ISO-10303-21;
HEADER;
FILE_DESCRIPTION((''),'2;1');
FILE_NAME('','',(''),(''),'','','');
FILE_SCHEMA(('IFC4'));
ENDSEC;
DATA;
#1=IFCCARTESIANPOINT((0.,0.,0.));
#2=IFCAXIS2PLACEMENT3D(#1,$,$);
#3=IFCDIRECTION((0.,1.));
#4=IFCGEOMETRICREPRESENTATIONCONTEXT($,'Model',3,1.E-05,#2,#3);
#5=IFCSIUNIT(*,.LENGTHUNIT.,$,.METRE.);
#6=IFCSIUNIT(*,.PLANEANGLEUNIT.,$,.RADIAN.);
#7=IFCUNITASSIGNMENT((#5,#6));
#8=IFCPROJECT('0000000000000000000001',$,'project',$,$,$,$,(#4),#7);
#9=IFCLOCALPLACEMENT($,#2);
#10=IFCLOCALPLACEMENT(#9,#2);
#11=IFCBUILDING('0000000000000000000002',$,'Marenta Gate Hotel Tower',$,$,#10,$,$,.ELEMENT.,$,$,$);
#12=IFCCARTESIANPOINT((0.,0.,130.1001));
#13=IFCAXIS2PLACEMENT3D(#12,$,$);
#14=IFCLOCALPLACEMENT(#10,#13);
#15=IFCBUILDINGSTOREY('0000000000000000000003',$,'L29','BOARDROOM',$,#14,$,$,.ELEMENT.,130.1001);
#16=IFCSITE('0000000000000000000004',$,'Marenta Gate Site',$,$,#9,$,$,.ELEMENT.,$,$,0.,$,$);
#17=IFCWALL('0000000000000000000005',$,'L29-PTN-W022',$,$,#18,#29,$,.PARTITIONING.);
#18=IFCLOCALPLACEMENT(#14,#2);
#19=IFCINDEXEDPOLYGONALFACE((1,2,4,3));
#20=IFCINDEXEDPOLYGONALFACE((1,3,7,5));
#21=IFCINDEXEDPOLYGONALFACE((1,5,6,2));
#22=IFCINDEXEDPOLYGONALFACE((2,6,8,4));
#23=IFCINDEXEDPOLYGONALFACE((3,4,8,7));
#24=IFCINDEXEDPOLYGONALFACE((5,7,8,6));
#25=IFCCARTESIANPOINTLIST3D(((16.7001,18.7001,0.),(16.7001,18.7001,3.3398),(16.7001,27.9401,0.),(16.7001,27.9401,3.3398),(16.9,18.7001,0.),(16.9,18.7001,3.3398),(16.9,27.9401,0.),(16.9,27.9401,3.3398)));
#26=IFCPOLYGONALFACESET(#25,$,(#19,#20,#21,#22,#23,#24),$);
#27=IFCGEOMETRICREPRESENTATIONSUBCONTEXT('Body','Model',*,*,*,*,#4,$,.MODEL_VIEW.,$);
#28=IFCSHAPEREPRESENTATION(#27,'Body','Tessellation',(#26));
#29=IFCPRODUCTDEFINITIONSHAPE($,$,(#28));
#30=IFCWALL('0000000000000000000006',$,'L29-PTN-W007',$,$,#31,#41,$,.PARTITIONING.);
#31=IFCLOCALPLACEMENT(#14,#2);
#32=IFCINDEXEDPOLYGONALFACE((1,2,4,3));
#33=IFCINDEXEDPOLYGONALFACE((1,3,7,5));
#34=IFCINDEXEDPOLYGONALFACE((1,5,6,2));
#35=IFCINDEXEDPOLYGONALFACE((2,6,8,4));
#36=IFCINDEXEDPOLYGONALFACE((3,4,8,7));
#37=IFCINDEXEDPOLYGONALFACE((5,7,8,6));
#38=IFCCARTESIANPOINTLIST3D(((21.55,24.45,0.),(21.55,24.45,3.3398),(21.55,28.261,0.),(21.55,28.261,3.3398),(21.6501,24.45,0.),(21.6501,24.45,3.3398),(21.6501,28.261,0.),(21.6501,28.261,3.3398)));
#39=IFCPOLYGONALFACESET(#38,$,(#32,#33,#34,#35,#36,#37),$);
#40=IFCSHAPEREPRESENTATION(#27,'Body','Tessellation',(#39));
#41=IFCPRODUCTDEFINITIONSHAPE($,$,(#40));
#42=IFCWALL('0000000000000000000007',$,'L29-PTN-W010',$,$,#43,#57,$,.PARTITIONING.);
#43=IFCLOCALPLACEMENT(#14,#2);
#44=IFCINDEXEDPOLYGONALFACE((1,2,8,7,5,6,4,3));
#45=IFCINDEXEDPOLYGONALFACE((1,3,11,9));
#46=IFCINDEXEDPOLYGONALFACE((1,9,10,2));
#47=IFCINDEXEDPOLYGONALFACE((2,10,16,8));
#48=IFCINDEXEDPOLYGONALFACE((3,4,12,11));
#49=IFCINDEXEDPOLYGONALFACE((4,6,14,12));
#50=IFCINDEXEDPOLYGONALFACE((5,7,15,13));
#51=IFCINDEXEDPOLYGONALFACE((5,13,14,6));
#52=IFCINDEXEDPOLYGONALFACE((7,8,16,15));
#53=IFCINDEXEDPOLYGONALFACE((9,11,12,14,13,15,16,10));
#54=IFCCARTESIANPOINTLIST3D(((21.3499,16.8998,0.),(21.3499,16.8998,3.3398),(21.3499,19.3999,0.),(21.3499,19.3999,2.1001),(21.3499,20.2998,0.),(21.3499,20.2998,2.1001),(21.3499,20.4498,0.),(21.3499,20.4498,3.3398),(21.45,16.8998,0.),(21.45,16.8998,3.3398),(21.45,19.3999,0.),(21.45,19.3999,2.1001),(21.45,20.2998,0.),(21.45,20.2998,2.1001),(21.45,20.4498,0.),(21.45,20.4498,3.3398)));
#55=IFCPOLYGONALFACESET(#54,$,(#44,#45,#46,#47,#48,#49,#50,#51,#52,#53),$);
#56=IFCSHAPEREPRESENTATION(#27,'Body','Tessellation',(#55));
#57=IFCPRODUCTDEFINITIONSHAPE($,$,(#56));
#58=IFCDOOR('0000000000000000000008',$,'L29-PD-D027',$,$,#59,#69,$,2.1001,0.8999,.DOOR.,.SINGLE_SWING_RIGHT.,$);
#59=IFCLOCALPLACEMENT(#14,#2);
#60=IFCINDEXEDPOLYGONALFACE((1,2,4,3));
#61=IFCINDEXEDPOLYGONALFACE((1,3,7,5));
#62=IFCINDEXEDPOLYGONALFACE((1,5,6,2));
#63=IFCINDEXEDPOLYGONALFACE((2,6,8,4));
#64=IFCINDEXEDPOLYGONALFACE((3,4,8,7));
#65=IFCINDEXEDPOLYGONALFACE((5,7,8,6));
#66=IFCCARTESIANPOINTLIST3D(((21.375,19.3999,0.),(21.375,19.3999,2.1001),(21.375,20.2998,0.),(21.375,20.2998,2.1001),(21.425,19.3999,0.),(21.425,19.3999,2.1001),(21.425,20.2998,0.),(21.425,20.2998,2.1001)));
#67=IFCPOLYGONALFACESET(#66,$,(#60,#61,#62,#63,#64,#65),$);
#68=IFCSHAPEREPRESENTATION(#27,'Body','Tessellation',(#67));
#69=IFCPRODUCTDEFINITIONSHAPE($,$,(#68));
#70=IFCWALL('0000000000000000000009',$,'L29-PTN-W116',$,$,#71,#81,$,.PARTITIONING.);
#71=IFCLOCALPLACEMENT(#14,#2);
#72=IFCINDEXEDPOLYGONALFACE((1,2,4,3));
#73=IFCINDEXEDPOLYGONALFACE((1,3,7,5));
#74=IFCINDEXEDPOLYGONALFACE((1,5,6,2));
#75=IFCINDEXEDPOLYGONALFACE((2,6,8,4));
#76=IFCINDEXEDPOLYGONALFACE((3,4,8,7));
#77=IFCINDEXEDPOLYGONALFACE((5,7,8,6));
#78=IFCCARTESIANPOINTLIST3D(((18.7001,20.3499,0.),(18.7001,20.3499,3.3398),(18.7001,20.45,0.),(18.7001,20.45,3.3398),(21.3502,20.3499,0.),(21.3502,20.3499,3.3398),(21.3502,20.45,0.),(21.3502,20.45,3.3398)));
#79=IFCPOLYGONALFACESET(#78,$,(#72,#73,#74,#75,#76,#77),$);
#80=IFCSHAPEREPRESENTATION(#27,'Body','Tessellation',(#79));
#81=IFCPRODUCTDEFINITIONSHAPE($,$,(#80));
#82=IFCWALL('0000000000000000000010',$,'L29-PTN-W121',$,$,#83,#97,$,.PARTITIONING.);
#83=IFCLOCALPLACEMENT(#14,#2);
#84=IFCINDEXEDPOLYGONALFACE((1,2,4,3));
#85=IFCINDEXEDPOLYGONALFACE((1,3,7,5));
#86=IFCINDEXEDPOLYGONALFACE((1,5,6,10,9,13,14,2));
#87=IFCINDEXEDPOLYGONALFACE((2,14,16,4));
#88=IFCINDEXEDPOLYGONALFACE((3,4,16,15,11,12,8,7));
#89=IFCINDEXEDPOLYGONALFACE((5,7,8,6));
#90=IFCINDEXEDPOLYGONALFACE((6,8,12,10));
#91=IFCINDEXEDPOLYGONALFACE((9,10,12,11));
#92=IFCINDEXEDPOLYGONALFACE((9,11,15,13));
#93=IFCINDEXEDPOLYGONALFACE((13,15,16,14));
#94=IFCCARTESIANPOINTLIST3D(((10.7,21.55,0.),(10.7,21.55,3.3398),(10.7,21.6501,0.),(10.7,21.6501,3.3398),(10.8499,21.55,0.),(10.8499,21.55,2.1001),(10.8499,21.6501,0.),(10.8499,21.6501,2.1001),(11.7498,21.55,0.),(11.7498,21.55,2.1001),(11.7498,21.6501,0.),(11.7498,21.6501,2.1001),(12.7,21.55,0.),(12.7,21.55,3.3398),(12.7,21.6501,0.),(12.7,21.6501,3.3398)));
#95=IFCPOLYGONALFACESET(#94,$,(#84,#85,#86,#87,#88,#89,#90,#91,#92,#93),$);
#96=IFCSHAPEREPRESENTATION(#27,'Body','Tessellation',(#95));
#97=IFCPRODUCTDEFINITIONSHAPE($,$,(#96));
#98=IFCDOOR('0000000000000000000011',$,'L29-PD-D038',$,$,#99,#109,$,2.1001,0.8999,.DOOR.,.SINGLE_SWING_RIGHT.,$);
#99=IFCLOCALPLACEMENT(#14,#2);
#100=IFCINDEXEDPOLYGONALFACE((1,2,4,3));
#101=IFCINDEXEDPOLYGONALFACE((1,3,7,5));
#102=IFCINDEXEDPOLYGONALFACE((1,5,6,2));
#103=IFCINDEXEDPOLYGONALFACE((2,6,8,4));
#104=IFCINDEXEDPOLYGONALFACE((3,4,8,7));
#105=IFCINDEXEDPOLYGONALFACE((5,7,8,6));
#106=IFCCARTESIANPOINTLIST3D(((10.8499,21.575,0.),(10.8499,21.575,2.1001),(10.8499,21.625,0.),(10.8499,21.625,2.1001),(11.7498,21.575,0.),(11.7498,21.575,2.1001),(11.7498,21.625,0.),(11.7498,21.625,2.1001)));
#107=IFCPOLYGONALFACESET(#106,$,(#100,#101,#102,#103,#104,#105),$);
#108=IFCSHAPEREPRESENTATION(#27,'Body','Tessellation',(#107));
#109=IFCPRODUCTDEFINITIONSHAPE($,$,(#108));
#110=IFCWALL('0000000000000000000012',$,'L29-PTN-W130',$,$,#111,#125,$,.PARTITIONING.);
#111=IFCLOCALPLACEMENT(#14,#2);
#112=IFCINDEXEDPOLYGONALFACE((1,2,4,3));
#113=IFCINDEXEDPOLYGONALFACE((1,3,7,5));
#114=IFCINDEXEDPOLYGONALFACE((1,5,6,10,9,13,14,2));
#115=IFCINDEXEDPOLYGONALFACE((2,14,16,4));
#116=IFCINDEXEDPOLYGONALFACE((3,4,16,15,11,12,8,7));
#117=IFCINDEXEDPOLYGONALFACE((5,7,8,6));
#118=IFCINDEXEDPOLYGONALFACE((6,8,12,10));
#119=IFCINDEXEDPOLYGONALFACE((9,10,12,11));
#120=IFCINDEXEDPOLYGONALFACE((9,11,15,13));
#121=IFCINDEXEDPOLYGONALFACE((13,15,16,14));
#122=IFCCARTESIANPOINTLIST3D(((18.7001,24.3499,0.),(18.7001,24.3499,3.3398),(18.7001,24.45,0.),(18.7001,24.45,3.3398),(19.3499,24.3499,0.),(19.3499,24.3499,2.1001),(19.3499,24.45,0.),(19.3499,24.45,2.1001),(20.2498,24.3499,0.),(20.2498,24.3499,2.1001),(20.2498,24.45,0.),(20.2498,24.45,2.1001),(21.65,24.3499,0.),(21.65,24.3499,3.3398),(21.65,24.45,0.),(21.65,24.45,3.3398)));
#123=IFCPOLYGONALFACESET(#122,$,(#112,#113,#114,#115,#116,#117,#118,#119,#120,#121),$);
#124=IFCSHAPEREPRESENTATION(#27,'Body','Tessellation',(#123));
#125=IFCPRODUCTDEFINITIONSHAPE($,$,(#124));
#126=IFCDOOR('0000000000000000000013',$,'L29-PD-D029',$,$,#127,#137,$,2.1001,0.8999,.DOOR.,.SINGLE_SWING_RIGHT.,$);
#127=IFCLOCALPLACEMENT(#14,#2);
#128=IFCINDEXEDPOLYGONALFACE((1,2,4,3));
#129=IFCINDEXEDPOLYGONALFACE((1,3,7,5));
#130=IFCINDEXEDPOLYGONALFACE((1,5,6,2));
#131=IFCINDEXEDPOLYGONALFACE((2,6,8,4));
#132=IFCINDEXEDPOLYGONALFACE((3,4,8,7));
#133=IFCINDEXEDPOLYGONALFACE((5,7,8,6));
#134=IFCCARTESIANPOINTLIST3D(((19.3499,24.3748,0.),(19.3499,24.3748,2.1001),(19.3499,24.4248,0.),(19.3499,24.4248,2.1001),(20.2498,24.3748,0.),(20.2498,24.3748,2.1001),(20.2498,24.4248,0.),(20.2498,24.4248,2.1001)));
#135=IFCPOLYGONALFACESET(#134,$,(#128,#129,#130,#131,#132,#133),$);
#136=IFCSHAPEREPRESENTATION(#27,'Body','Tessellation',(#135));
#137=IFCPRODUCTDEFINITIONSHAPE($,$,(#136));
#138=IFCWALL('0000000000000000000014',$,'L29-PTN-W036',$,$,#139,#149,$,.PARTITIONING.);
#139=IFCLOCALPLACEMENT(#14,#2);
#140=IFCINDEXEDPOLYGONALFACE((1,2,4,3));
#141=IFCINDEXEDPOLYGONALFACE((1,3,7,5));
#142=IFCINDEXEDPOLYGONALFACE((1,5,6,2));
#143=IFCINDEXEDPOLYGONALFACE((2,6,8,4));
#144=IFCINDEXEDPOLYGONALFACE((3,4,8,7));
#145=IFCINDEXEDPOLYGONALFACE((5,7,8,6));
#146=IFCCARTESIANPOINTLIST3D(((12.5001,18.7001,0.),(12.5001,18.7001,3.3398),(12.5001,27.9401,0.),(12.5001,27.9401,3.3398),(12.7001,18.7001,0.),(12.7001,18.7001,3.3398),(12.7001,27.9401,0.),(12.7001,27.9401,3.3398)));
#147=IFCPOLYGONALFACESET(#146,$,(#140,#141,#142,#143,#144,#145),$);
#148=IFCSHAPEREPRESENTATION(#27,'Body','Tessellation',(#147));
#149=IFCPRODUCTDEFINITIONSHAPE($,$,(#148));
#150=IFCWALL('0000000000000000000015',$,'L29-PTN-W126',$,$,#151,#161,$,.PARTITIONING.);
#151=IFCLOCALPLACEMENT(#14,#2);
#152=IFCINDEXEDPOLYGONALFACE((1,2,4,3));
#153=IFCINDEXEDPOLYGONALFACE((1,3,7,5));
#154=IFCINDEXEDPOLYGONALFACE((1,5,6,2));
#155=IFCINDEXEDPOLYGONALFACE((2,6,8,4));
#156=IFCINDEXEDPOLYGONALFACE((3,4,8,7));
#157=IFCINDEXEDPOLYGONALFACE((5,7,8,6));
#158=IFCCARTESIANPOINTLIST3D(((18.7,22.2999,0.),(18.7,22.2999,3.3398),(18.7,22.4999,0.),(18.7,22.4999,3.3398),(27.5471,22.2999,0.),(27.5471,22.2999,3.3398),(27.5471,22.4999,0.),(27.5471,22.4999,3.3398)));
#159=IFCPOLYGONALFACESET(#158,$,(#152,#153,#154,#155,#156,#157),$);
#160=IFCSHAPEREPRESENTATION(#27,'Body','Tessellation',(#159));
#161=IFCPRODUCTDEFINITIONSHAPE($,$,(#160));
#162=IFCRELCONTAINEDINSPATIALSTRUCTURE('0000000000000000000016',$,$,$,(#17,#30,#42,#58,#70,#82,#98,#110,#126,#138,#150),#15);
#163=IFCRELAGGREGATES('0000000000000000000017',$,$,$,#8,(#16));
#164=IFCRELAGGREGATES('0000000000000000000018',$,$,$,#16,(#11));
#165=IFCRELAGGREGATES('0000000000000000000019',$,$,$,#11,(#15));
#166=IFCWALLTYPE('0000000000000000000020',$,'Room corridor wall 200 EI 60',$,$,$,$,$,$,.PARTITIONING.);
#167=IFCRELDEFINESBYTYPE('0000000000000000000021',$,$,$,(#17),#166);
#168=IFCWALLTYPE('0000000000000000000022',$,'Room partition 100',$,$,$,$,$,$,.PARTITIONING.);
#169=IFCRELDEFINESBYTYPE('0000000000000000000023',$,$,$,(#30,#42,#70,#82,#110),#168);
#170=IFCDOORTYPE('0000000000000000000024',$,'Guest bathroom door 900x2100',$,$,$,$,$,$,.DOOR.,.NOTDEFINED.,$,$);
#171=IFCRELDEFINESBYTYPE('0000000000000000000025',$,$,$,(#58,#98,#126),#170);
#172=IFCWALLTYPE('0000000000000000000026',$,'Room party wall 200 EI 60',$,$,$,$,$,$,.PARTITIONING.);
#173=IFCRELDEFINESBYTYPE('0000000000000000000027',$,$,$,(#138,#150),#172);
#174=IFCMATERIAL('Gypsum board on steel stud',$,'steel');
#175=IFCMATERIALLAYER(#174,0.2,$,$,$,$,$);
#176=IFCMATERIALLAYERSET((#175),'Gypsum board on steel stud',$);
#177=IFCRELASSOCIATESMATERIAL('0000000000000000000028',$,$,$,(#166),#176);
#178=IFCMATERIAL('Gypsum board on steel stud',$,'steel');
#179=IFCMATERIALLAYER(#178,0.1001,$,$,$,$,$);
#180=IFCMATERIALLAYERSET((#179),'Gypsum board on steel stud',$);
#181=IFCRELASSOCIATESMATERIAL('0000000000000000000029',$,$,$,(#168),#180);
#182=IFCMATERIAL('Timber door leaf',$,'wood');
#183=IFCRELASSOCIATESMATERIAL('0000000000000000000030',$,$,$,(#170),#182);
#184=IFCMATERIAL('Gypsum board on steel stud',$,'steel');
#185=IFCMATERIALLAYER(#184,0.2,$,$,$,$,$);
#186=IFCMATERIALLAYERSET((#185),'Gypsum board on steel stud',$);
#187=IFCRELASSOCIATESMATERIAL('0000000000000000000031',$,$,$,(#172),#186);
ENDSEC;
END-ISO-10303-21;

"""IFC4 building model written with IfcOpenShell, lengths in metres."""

from ifc_helpers import new_model, si_unit, direction, frame, frame_2d, origin, place, context, subcontext, project, spatial, rectangle, extrude, material, layer, layer_set, type_object, element, fill, save


model = new_model("IFC4")

# Units and contexts
model_context = context("Model", 3, precision=1e-05, world=origin(), true_north=direction((0.0, 1.0)))
body_context = subcontext(model_context, "Body", "Model", "MODEL_VIEW")
ifc_project = project(units=[si_unit("LENGTHUNIT", "METRE"), si_unit("PLANEANGLEUNIT", "RADIAN")], contexts=[model_context])

# Site, building, storey
site_placement = place(None, origin())
site = spatial("IfcSite", under=ifc_project, at=site_placement, Name="Marenta Gate Site", CompositionType="ELEMENT", RefElevation=0.0)
building_placement = place(site_placement, origin())
building = spatial("IfcBuilding", under=site, at=building_placement, Name="Marenta Gate Hotel Tower", CompositionType="ELEMENT")
storey_placement = place(building_placement, frame((0.0, 0.0, 130.1001)))
storey = spatial("IfcBuildingStorey", under=building, at=storey_placement, Name="L29", Description="BOARDROOM", CompositionType="ELEMENT", Elevation=130.1001)

# Wall
ifc_material_1 = material(Name="Gypsum board on steel stud", Category="steel")
ifc_layer_1 = layer(ifc_material_1, 0.2)
ifc_layer_set_1 = layer_set([ifc_layer_1], Name="Gypsum board on steel stud")
wall_type_1 = type_object("IfcWallType", Name="Room corridor wall 200 EI 60", PredefinedType="PARTITIONING", material=ifc_layer_set_1)
wall_1_placement = place(storey_placement, frame((16.8, 18.7, 0.0), z_axis=(0.0, 0.0, 1.0), x_axis=(0.0, 1.0, 0.0)))
element("IfcWall", 1, at=wall_1_placement, inside=storey, type_object=wall_type_1, Name="L29-PTN-W022", PredefinedType="PARTITIONING", context=body_context, shape_type="SweptSolid", body=[
    extrude(rectangle(XDim=9.24, YDim=0.2, at=frame_2d((4.6201, 0.0))), origin(), (0.0, 0.0, 1.0), 3.3398),
])

# Wall
ifc_material_2 = material(Name="Gypsum board on steel stud", Category="steel")
ifc_layer_2 = layer(ifc_material_2, 0.1001)
ifc_layer_set_2 = layer_set([ifc_layer_2], Name="Gypsum board on steel stud")
wall_type_2 = type_object("IfcWallType", Name="Room partition 100", PredefinedType="PARTITIONING", material=ifc_layer_set_2)
wall_2_placement = place(storey_placement, frame((21.6001, 24.45, 0.0), z_axis=(0.0, 0.0, 1.0), x_axis=(0.0, 1.0, 0.0)))
element("IfcWall", 2, at=wall_2_placement, inside=storey, type_object=wall_type_2, Name="L29-PTN-W007", PredefinedType="PARTITIONING", context=body_context, shape_type="SweptSolid", body=[
    extrude(rectangle(XDim=3.811, YDim=0.1001, at=frame_2d((1.9055, 0.0))), origin(), (0.0, 0.0, 1.0), 3.3398),
])

# Wall, opening, door
wall_3_placement = place(storey_placement, frame((21.3999, 16.8999, 0.0), z_axis=(0.0, 0.0, 1.0), x_axis=(0.0, 1.0, 0.0)))
wall_3 = element("IfcWall", 3, at=wall_3_placement, inside=storey, type_object=wall_type_2, Name="L29-PTN-W010", PredefinedType="PARTITIONING", context=body_context, shape_type="SweptSolid", body=[
    extrude(rectangle(XDim=3.55, YDim=0.1001, at=frame_2d((1.7749, 0.0))), origin(), (0.0, 0.0, 1.0), 3.3398),
])
opening_1_placement = place(wall_3_placement, frame((2.5, 0.0, 0.0)))
opening_1 = element("IfcOpeningElement", 4, at=opening_1_placement, cuts=wall_3, PredefinedType="OPENING", context=body_context, shape_type="SweptSolid", body=[
    extrude(rectangle(XDim=0.8999, YDim=2.1001, at=frame_2d((0.45, 1.05))), frame((0.0, 0.05, 0.0), z_axis=(0.0, -1.0, 0.0), x_axis=(1.0, 0.0, 0.0)), (0.0, 0.0, 1.0), 0.1001),
])
ifc_material_3 = material(Name="Timber door leaf", Category="wood")
door_type_1 = type_object("IfcDoorType", Name="Guest bathroom door 900x2100", OperationType="NOTDEFINED", PredefinedType="DOOR", material=ifc_material_3)
door_1_placement = place(opening_1_placement, origin())
door_1 = element("IfcDoor", 5, at=door_1_placement, inside=storey, type_object=door_type_1, Name="L29-PD-D027", OperationType="SINGLE_SWING_RIGHT", OverallHeight=2.1001, OverallWidth=0.8999, PredefinedType="DOOR", context=body_context, shape_type="SweptSolid", body=[
    extrude(rectangle(XDim=0.8999, YDim=2.1001, at=frame_2d((0.45, 1.05))), frame((0.0, 0.0249, 0.0), z_axis=(0.0, -1.0, 0.0), x_axis=(1.0, 0.0, 0.0)), (0.0, 0.0, 1.0), 0.05),
])
fill(opening_1, door_1)

# Wall
wall_4_placement = place(storey_placement, frame((18.7, 20.3999, 0.0), z_axis=(0.0, 0.0, 1.0), x_axis=(1.0, 0.0, 0.0)))
element("IfcWall", 6, at=wall_4_placement, inside=storey, type_object=wall_type_2, Name="L29-PTN-W116", PredefinedType="PARTITIONING", context=body_context, shape_type="SweptSolid", body=[
    extrude(rectangle(XDim=2.6501, YDim=0.1001, at=frame_2d((1.3252, 0.0))), origin(), (0.0, 0.0, 1.0), 3.3398),
])

# Walls, openings, doors
wall_5_placement = place(storey_placement, frame((10.7, 21.6001, 0.0), z_axis=(0.0, 0.0, 1.0), x_axis=(1.0, 0.0, 0.0)))
wall_5 = element("IfcWall", 7, at=wall_5_placement, inside=storey, type_object=wall_type_2, Name="L29-PTN-W121", PredefinedType="PARTITIONING", context=body_context, shape_type="SweptSolid", body=[
    extrude(rectangle(XDim=2.0, YDim=0.1001, at=frame_2d((1.0, 0.0))), origin(), (0.0, 0.0, 1.0), 3.3398),
])
opening_2_placement = place(wall_5_placement, frame((0.1499, 0.0, 0.0)))
opening_2 = element("IfcOpeningElement", 8, at=opening_2_placement, cuts=wall_5, PredefinedType="OPENING", context=body_context, shape_type="SweptSolid", body=[
    extrude(rectangle(XDim=0.8999, YDim=2.1001, at=frame_2d((0.45, 1.05))), frame((0.0, 0.05, 0.0), z_axis=(0.0, -1.0, 0.0), x_axis=(1.0, 0.0, 0.0)), (0.0, 0.0, 1.0), 0.1001),
])
door_2_placement = place(opening_2_placement, origin())
door_2 = element("IfcDoor", 9, at=door_2_placement, inside=storey, type_object=door_type_1, Name="L29-PD-D038", OperationType="SINGLE_SWING_RIGHT", OverallHeight=2.1001, OverallWidth=0.8999, PredefinedType="DOOR", context=body_context, shape_type="SweptSolid", body=[
    extrude(rectangle(XDim=0.8999, YDim=2.1001, at=frame_2d((0.45, 1.05))), frame((0.0, 0.0249, 0.0), z_axis=(0.0, -1.0, 0.0), x_axis=(1.0, 0.0, 0.0)), (0.0, 0.0, 1.0), 0.05),
])
fill(opening_2, door_2)
wall_6_placement = place(storey_placement, frame((18.7, 24.3999, 0.0), z_axis=(0.0, 0.0, 1.0), x_axis=(1.0, 0.0, 0.0)))
wall_6 = element("IfcWall", 10, at=wall_6_placement, inside=storey, type_object=wall_type_2, Name="L29-PTN-W130", PredefinedType="PARTITIONING", context=body_context, shape_type="SweptSolid", body=[
    extrude(rectangle(XDim=2.95, YDim=0.1001, at=frame_2d((1.4751, 0.0))), origin(), (0.0, 0.0, 1.0), 3.3398),
])
opening_3_placement = place(wall_6_placement, frame((0.6499, 0.0, 0.0)))
opening_3 = element("IfcOpeningElement", 11, at=opening_3_placement, cuts=wall_6, PredefinedType="OPENING", context=body_context, shape_type="SweptSolid", body=[
    extrude(rectangle(XDim=0.8999, YDim=2.1001, at=frame_2d((0.45, 1.05))), frame((0.0, 0.05, 0.0), z_axis=(0.0, -1.0, 0.0), x_axis=(1.0, 0.0, 0.0)), (0.0, 0.0, 1.0), 0.1001),
])
door_3_placement = place(opening_3_placement, origin())
door_3 = element("IfcDoor", 12, at=door_3_placement, inside=storey, type_object=door_type_1, Name="L29-PD-D029", OperationType="SINGLE_SWING_RIGHT", OverallHeight=2.1001, OverallWidth=0.8999, PredefinedType="DOOR", context=body_context, shape_type="SweptSolid", body=[
    extrude(rectangle(XDim=0.8999, YDim=2.1001, at=frame_2d((0.45, 1.05))), frame((0.0, 0.0249, 0.0), z_axis=(0.0, -1.0, 0.0), x_axis=(1.0, 0.0, 0.0)), (0.0, 0.0, 1.0), 0.05),
])
fill(opening_3, door_3)

# Walls
ifc_material_4 = material(Name="Gypsum board on steel stud", Category="steel")
ifc_layer_3 = layer(ifc_material_4, 0.2)
ifc_layer_set_3 = layer_set([ifc_layer_3], Name="Gypsum board on steel stud")
wall_type_3 = type_object("IfcWallType", Name="Room party wall 200 EI 60", PredefinedType="PARTITIONING", material=ifc_layer_set_3)
wall_7_placement = place(storey_placement, frame((12.6001, 18.7, 0.0), z_axis=(0.0, 0.0, 1.0), x_axis=(0.0, 1.0, 0.0)))
element("IfcWall", 13, at=wall_7_placement, inside=storey, type_object=wall_type_3, Name="L29-PTN-W036", PredefinedType="PARTITIONING", context=body_context, shape_type="SweptSolid", body=[
    extrude(rectangle(XDim=9.24, YDim=0.2, at=frame_2d((4.6201, 0.0))), origin(), (0.0, 0.0, 1.0), 3.3398),
])
wall_8_placement = place(storey_placement, frame((18.7, 22.3999, 0.0), z_axis=(0.0, 0.0, 1.0), x_axis=(1.0, 0.0, 0.0)))
element("IfcWall", 14, at=wall_8_placement, inside=storey, type_object=wall_type_3, Name="L29-PTN-W126", PredefinedType="PARTITIONING", context=body_context, shape_type="SweptSolid", body=[
    extrude(rectangle(XDim=8.8472, YDim=0.2, at=frame_2d((4.4236, 0.0))), origin(), (0.0, 0.0, 1.0), 3.3398),
])

save(model, "model.ifc")
